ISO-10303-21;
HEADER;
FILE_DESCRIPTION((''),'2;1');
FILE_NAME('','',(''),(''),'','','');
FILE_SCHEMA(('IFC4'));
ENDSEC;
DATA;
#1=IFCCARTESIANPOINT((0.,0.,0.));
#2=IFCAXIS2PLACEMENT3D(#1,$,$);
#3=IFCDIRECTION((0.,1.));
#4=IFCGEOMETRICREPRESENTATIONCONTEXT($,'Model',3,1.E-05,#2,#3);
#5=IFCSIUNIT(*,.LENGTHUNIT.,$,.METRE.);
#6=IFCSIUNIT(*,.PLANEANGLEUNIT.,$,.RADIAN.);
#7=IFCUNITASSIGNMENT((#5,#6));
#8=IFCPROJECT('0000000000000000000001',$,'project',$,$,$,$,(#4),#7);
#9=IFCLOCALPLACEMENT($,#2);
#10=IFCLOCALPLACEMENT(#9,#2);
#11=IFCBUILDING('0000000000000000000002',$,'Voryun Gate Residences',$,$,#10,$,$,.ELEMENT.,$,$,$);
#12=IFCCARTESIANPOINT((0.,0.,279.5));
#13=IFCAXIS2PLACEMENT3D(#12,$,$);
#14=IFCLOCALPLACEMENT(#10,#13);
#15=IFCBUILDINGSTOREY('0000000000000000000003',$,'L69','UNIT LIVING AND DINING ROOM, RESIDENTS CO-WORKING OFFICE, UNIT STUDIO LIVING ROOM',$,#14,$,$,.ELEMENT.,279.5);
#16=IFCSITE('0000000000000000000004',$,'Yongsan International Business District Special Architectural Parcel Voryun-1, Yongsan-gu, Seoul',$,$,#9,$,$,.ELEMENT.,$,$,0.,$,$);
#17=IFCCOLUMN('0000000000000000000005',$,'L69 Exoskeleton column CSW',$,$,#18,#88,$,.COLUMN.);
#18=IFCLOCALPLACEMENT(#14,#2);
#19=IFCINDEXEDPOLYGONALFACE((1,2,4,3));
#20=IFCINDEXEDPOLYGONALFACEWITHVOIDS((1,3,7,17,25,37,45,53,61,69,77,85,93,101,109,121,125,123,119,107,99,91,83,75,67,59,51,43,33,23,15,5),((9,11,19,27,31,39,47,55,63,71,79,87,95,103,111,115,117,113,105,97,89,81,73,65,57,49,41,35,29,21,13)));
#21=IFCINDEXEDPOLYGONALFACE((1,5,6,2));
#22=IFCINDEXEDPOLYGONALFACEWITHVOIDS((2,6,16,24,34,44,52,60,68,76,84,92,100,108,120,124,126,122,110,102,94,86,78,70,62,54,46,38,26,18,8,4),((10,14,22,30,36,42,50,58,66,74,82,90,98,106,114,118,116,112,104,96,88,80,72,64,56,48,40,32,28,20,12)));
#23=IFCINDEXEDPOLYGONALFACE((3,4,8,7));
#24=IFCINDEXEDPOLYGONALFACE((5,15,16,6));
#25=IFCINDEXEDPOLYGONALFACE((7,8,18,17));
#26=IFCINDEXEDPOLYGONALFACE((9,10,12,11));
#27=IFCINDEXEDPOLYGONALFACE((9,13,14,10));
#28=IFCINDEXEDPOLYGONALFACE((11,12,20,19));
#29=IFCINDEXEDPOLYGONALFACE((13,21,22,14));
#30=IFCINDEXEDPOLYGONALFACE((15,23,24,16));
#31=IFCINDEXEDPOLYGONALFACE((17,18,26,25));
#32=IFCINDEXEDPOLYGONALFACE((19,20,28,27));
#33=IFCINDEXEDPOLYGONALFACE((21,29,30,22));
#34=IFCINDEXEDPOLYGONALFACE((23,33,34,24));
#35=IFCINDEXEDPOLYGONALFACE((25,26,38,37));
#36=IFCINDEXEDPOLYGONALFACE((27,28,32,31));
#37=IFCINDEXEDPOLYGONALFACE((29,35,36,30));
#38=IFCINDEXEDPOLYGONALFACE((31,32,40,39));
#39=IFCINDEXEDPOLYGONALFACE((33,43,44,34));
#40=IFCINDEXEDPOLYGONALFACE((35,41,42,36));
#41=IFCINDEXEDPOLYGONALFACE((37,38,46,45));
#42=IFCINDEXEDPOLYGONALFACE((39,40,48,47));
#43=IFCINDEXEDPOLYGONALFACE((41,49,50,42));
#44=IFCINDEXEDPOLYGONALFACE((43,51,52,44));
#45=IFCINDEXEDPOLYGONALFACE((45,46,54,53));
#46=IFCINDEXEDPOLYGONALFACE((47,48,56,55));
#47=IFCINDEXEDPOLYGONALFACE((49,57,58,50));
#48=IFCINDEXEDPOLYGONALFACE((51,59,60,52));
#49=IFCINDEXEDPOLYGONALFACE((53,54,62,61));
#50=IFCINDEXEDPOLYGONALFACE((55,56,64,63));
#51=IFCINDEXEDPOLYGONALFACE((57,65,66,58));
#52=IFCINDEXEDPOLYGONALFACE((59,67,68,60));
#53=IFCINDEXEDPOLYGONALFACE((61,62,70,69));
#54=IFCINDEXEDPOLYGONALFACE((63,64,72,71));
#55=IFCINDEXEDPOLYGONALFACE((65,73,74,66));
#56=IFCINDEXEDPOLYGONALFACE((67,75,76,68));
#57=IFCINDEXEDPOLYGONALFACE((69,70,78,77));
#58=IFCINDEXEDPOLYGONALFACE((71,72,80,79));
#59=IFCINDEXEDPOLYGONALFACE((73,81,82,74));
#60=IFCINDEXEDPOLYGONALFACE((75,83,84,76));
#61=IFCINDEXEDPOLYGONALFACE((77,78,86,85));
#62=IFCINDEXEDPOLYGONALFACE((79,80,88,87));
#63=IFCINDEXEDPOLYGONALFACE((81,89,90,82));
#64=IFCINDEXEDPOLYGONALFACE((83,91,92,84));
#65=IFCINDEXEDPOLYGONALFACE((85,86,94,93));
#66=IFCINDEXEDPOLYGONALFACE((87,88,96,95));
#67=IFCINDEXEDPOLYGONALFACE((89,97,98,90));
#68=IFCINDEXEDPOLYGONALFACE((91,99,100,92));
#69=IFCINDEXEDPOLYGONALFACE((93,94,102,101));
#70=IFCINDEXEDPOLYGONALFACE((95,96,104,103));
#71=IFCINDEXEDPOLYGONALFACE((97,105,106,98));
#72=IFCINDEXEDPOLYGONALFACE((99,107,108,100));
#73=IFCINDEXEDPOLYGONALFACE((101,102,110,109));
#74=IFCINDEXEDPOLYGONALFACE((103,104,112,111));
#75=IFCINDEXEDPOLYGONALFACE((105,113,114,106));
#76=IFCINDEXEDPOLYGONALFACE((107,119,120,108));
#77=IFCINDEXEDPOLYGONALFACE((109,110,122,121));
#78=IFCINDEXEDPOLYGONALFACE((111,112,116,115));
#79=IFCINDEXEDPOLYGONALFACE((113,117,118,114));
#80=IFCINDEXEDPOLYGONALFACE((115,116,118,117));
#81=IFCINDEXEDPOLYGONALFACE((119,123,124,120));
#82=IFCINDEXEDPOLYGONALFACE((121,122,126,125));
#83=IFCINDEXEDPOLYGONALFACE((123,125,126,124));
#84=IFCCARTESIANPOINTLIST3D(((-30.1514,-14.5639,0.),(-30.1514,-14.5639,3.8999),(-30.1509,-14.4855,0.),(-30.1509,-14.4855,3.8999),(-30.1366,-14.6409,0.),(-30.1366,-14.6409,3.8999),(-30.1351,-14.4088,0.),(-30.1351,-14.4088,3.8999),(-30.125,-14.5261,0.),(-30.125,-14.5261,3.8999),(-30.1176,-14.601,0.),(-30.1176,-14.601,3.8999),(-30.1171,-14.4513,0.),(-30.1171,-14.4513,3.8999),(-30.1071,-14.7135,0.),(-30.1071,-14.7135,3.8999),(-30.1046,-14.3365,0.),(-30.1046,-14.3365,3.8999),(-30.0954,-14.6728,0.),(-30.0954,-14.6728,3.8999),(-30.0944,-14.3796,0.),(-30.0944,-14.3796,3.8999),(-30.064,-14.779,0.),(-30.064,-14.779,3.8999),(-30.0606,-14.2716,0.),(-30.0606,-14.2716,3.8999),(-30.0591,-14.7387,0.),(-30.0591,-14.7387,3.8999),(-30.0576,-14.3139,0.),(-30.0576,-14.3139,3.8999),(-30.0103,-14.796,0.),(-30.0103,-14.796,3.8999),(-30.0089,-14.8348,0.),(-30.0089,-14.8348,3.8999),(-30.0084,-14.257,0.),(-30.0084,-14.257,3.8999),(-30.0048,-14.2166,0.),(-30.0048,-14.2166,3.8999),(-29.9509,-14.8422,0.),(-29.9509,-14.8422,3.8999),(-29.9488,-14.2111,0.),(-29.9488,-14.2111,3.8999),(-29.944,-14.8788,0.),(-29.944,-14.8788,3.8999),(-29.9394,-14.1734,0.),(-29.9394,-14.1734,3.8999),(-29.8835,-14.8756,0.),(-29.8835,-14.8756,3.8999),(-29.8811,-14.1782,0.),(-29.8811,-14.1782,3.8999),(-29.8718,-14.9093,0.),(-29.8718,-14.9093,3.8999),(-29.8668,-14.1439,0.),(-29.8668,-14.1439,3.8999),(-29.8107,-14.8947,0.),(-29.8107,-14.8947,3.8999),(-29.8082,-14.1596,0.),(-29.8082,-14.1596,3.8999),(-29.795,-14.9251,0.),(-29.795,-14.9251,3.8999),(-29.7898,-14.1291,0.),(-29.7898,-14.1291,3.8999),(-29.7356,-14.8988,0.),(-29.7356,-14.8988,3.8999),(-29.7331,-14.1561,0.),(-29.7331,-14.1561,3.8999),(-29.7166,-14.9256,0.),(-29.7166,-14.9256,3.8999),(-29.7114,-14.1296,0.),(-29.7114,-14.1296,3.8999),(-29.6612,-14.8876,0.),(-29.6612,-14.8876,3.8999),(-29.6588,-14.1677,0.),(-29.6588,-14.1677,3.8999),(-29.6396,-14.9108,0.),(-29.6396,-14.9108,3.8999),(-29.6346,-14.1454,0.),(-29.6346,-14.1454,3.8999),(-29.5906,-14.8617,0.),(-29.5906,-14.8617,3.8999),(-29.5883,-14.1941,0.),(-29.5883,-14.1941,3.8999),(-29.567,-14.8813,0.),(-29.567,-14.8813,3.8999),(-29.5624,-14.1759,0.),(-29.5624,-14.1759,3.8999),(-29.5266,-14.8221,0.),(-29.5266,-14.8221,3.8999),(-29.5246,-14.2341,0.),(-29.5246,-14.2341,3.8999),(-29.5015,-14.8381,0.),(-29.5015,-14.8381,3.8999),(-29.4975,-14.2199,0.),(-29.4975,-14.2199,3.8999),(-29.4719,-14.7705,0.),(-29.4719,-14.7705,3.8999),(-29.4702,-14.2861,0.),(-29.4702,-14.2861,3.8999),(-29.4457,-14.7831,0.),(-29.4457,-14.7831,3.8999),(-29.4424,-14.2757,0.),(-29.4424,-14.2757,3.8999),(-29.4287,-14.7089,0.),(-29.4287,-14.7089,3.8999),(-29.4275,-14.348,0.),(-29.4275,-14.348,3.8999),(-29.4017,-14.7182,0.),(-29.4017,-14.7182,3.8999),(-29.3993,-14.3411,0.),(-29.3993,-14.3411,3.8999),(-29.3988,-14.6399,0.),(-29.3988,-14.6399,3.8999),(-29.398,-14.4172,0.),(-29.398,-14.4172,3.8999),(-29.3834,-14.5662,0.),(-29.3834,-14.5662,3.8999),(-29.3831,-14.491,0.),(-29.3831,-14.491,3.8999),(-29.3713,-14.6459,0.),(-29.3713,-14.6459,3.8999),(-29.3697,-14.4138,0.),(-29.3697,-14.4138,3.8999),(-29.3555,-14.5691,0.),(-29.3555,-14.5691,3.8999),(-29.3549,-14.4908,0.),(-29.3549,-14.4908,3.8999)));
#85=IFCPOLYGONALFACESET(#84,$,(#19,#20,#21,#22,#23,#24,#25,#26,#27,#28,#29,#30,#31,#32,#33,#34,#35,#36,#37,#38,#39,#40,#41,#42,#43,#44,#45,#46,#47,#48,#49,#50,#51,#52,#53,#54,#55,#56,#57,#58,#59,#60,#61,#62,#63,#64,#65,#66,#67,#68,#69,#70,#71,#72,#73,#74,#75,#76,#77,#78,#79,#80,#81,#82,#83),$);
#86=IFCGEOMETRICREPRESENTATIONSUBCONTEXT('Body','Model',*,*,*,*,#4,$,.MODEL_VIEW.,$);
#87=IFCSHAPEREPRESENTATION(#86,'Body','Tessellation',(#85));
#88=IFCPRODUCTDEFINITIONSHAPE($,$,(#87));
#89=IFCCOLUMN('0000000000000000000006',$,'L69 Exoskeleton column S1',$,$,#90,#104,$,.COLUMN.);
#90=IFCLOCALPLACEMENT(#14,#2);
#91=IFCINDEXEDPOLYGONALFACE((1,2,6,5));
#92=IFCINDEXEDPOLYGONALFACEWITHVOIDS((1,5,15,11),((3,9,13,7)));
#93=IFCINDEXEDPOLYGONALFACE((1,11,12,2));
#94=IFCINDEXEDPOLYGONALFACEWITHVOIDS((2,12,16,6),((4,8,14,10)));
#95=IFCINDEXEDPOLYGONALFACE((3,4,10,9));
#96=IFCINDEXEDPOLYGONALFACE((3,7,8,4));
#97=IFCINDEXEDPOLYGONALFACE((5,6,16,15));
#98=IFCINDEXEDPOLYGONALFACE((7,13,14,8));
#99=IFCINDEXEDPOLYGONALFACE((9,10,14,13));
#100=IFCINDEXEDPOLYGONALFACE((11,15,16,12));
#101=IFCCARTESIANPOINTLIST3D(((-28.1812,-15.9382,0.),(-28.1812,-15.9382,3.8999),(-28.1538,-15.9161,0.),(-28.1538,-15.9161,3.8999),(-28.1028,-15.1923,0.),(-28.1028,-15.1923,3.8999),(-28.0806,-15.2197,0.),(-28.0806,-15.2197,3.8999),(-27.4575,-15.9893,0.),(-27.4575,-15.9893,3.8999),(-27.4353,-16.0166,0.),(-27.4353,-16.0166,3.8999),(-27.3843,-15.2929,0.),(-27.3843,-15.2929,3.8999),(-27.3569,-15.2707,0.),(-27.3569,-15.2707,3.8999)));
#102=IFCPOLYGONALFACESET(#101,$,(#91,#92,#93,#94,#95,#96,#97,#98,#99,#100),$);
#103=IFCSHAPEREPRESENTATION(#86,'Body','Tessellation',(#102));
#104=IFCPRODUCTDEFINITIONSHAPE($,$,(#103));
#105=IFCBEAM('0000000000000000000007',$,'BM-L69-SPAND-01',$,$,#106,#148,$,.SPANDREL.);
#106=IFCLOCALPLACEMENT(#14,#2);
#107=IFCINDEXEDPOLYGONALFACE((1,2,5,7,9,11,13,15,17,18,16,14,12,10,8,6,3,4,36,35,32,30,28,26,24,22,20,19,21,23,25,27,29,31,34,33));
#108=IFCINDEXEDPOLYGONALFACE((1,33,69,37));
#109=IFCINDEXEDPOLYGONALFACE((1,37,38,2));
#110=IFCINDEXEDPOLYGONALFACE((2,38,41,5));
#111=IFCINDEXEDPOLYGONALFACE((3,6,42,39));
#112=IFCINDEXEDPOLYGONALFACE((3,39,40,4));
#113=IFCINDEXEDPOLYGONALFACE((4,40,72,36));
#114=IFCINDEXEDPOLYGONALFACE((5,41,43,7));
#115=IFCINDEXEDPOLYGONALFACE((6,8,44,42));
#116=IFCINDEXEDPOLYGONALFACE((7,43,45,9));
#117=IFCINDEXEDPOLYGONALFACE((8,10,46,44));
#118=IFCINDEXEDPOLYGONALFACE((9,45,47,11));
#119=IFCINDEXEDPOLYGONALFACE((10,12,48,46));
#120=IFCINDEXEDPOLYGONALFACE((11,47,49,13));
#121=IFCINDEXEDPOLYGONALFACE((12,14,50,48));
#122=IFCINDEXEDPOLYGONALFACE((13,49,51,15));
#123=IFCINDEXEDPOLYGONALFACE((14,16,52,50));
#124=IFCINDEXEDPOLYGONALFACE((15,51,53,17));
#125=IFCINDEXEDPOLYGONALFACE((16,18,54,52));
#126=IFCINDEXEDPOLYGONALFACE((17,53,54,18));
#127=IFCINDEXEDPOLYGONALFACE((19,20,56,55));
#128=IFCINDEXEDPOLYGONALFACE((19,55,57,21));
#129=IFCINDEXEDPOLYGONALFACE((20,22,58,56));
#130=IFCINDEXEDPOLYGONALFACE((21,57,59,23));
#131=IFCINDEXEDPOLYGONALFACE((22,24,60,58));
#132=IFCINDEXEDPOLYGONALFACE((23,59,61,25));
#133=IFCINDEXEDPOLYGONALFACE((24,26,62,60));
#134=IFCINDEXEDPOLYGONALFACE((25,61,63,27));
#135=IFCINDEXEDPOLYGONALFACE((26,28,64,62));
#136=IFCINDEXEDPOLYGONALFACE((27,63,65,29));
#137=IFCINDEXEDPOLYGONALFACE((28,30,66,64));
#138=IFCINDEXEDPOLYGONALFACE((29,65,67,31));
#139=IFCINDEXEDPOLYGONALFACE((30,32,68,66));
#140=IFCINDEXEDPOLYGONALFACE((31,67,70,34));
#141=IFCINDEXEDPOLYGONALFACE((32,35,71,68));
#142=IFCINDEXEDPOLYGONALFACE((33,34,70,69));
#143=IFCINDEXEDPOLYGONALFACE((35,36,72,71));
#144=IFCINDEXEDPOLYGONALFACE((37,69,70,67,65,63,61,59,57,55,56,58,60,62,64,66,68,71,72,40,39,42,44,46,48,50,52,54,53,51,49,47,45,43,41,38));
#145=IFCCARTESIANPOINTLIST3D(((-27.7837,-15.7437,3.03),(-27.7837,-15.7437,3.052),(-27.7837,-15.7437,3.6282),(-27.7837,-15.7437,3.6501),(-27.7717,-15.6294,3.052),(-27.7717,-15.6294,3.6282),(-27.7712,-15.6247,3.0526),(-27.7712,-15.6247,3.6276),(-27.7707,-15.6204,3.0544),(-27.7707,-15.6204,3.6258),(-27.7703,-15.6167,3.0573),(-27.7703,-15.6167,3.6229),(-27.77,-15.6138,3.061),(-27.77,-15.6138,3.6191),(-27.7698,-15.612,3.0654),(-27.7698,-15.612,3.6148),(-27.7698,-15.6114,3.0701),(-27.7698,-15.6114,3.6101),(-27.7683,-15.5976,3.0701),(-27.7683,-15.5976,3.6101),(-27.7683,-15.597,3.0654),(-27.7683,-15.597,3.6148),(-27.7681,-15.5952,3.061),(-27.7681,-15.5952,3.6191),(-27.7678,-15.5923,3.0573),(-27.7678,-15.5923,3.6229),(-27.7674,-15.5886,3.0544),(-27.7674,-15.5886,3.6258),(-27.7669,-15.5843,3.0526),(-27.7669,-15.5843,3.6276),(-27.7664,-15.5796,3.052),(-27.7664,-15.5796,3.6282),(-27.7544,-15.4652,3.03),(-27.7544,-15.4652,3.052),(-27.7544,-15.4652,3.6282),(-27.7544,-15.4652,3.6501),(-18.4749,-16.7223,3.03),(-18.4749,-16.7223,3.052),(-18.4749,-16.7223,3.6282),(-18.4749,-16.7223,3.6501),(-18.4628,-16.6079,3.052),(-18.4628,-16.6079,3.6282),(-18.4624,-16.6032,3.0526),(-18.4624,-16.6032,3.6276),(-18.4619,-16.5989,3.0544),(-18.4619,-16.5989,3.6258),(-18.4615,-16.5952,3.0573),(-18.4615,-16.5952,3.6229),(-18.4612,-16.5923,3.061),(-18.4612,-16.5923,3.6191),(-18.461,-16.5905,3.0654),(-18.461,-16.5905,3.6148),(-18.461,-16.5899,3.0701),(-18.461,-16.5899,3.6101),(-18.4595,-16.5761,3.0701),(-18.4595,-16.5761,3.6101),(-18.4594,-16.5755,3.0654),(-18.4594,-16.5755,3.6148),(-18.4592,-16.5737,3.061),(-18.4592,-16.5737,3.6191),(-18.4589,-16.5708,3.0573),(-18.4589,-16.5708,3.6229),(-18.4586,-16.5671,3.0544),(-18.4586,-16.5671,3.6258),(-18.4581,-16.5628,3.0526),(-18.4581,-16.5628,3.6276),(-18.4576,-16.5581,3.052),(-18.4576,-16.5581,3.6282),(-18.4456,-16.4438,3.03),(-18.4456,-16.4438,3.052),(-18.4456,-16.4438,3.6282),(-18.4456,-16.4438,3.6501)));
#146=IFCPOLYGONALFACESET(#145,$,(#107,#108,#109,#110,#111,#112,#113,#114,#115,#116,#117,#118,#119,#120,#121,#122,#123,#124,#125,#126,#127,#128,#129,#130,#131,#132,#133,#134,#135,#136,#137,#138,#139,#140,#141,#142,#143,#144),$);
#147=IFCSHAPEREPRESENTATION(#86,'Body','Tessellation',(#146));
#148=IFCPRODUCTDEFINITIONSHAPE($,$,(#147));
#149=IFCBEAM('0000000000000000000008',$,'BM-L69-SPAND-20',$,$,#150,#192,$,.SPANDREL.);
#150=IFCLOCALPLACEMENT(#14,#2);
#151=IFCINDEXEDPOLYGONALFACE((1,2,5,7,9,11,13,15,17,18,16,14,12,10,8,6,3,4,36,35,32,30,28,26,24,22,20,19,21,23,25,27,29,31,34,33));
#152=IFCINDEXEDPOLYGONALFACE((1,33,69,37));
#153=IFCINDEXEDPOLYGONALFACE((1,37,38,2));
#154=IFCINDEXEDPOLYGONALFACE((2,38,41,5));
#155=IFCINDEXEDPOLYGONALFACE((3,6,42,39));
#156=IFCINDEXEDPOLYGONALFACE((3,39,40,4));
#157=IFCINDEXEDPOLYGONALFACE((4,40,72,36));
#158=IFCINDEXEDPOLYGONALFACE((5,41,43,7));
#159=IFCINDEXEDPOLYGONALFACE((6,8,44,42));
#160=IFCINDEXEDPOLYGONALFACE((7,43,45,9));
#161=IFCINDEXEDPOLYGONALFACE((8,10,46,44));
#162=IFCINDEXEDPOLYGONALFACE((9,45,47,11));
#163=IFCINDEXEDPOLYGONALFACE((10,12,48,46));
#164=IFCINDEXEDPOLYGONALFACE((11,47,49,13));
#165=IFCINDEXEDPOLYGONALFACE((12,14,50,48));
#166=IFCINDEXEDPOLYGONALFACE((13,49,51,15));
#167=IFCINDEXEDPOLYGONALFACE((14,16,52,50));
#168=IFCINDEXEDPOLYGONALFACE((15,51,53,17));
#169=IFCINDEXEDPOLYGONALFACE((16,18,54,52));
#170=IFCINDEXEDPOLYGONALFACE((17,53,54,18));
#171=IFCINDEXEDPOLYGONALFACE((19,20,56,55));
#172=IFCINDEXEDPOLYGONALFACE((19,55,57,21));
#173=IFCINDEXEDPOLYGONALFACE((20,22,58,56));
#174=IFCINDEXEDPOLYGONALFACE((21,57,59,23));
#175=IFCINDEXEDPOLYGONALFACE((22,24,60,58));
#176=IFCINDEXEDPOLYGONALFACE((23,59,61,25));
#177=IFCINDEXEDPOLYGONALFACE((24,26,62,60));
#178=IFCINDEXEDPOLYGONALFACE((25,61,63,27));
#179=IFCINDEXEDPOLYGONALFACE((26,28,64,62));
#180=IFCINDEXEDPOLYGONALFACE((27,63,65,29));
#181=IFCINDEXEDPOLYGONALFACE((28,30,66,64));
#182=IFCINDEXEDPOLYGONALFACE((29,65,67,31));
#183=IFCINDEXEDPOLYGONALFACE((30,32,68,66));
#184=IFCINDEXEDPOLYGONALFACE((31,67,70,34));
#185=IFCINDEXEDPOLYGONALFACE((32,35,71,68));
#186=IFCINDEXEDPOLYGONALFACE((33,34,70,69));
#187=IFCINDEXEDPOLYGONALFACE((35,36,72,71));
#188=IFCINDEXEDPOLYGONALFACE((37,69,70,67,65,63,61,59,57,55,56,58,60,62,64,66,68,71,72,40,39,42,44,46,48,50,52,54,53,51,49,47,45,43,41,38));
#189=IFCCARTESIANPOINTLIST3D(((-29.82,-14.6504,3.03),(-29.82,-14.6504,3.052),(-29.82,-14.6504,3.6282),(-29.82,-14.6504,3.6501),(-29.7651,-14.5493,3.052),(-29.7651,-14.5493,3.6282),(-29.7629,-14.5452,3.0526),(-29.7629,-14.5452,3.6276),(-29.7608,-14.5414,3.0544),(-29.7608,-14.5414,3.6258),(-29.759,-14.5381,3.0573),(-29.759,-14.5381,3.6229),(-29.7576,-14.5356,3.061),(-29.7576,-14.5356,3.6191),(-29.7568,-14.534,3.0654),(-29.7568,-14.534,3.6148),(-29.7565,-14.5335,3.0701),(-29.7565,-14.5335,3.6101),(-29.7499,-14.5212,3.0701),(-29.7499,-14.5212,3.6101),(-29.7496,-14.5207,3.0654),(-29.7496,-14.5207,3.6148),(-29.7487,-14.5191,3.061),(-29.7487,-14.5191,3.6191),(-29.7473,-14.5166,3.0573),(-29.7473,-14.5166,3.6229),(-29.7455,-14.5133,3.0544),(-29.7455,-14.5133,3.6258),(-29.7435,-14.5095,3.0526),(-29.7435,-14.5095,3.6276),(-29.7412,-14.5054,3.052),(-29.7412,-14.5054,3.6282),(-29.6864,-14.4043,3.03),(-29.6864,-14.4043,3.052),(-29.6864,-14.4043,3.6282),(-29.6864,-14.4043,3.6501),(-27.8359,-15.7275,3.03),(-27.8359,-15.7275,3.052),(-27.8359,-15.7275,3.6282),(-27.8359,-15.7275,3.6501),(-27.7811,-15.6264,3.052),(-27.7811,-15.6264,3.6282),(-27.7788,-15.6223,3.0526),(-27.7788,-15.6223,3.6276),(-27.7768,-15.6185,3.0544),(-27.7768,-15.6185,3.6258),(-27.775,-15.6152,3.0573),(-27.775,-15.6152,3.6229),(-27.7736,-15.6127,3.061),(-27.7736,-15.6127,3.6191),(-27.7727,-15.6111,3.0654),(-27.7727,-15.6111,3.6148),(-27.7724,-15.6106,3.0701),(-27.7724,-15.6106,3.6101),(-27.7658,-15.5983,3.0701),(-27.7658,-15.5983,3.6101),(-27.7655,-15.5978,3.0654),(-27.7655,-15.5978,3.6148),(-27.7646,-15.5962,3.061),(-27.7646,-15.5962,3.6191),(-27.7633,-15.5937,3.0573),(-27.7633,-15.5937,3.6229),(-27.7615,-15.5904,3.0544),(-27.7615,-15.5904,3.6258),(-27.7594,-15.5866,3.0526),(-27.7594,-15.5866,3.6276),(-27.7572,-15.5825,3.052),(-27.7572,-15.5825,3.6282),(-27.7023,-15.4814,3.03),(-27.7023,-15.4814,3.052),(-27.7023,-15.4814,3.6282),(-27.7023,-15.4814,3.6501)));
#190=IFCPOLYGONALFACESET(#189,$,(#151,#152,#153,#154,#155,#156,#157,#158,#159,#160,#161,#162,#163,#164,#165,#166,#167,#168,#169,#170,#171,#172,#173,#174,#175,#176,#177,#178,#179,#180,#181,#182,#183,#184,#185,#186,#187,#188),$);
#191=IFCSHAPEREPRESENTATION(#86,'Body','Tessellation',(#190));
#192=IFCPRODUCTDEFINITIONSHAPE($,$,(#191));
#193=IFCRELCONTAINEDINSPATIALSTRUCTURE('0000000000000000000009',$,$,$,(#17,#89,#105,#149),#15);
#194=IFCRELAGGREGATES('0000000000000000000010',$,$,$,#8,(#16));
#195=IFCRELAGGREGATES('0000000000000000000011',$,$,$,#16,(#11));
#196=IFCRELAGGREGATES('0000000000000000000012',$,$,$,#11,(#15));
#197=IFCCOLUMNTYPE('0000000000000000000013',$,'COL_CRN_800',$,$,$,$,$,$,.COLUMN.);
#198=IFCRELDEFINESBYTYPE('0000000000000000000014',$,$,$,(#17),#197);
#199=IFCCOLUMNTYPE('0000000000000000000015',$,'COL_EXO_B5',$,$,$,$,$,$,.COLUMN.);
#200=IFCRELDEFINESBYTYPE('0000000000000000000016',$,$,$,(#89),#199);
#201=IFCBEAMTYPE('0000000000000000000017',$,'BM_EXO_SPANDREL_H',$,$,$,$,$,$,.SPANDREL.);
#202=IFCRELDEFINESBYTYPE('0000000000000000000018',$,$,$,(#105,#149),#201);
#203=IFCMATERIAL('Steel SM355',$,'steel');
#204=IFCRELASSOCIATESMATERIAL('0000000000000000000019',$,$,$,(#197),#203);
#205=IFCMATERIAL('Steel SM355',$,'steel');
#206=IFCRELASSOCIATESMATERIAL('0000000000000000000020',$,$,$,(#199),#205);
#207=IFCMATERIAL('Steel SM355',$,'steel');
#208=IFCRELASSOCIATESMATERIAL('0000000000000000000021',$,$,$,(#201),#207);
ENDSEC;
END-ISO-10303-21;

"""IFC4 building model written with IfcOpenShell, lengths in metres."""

from ifc_helpers import new_model, si_unit, direction, frame, origin, origin_2d, place, context, subcontext, project, spatial, hollow_rectangle, hollow_circle, i_section, extrude, material, material_profile, profile_set, type_object, element, save


model = new_model("IFC4")

# Units and contexts
model_context = context("Model", 3, precision=1e-05, world=origin(), true_north=direction((0.0, 1.0)))
body_context = subcontext(model_context, "Body", "Model", "MODEL_VIEW")
ifc_project = project(units=[si_unit("LENGTHUNIT", "METRE"), si_unit("PLANEANGLEUNIT", "RADIAN")], contexts=[model_context])

# Site, building, storey
site_placement = place(None, origin())
site = spatial("IfcSite", under=ifc_project, at=site_placement, Name="Yongsan International Business District Special Architectural Parcel Voryun-1, Yongsan-gu, Seoul", CompositionType="ELEMENT", RefElevation=0.0)
building_placement = place(site_placement, origin())
building = spatial("IfcBuilding", under=site, at=building_placement, Name="Voryun Gate Residences", CompositionType="ELEMENT")
storey_placement = place(building_placement, frame((0.0, 0.0, 279.5)))
storey = spatial("IfcBuildingStorey", under=building, at=storey_placement, Name="L69", Description="UNIT LIVING AND DINING ROOM, RESIDENTS CO-WORKING OFFICE, UNIT STUDIO LIVING ROOM", CompositionType="ELEMENT", Elevation=279.5)

# Columns
ifc_material_1 = material(Name="Steel SM355", Category="steel")
ifc_material_profile_1 = material_profile(ifc_material_1, hollow_circle(Radius=0.3999, WallThickness=0.0281, at=origin_2d()), Name="CHS-800x28")
ifc_profile_set_1 = profile_set([ifc_material_profile_1], Name="Steel SM355")
column_type_1 = type_object("IfcColumnType", Name="COL_CRN_800", PredefinedType="COLUMN", material=ifc_profile_set_1)
column_1_placement = place(storey_placement, frame((-29.7532, -14.5273, 0.0), z_axis=(0.0, 0.0, 1.0), x_axis=(0.994522, -0.104528, 0.0)))
element("IfcColumn", 1, at=column_1_placement, inside=storey, type_object=column_type_1, Name="L69 Exoskeleton column CSW", PredefinedType="COLUMN", context=body_context, shape_type="SweptSolid", body=[
    extrude(hollow_circle(Radius=0.3999, WallThickness=0.0281, at=origin_2d()), origin(), (0.0, 0.0, 1.0), 3.8999),
])
ifc_material_2 = material(Name="Steel SM355", Category="steel")
ifc_material_profile_2 = material_profile(ifc_material_2, hollow_rectangle(XDim=0.75, YDim=0.75, WallThickness=0.0249, at=origin_2d()), Name="BOX-750x750x25")
ifc_profile_set_2 = profile_set([ifc_material_profile_2], Name="Steel SM355")
column_type_2 = type_object("IfcColumnType", Name="COL_EXO_B5", PredefinedType="COLUMN", material=ifc_profile_set_2)
column_2_placement = place(storey_placement, frame((-27.769, -15.6045, 0.0), z_axis=(0.0, 0.0, 1.0), x_axis=(0.994522, -0.104528, 0.0)))
element("IfcColumn", 2, at=column_2_placement, inside=storey, type_object=column_type_2, Name="L69 Exoskeleton column S1", PredefinedType="COLUMN", context=body_context, shape_type="SweptSolid", body=[
    extrude(hollow_rectangle(XDim=0.75, YDim=0.75, WallThickness=0.0249, at=origin_2d()), origin(), (0.0, 0.0, 1.0), 3.8999),
])

# Beams
ifc_material_3 = material(Name="Steel SM355", Category="steel")
ifc_material_profile_3 = material_profile(ifc_material_3, i_section(OverallWidth=0.28, OverallDepth=0.6201, WebThickness=0.0139, FlangeThickness=0.022, FilletRadius=0.0181, at=origin_2d()), Name="H-620x280x14x22")
ifc_profile_set_3 = profile_set([ifc_material_profile_3], Name="Steel SM355")
beam_type = type_object("IfcBeamType", Name="BM_EXO_SPANDREL_H", PredefinedType="SPANDREL", material=ifc_profile_set_3)
beam_1_placement = place(storey_placement, frame((-27.769, -15.6045, 3.3401), z_axis=(0.994521, -0.104541, 0.0), x_axis=(0.104541, 0.994521, 0.0)))
element("IfcBeam", 3, at=beam_1_placement, inside=storey, type_object=beam_type, Name="BM-L69-SPAND-01", PredefinedType="SPANDREL", context=body_context, shape_type="SweptSolid", body=[
    extrude(i_section(OverallWidth=0.28, OverallDepth=0.6201, WebThickness=0.0139, FlangeThickness=0.022, FilletRadius=0.0181, at=origin_2d()), origin(), (0.0, 0.0, 1.0), 9.3601),
])
beam_2_placement = place(storey_placement, frame((-29.7532, -14.5273, 3.3401), z_axis=(0.878844, -0.477109, 0.0), x_axis=(0.477109, 0.878844, 0.0)))
element("IfcBeam", 4, at=beam_2_placement, inside=storey, type_object=beam_type, Name="BM-L69-SPAND-20", PredefinedType="SPANDREL", context=body_context, shape_type="SweptSolid", body=[
    extrude(i_section(OverallWidth=0.28, OverallDepth=0.6201, WebThickness=0.0139, FlangeThickness=0.022, FilletRadius=0.0181, at=origin_2d()), origin(), (0.0, 0.0, 1.0), 2.2576),
])

save(model, "model.ifc")
